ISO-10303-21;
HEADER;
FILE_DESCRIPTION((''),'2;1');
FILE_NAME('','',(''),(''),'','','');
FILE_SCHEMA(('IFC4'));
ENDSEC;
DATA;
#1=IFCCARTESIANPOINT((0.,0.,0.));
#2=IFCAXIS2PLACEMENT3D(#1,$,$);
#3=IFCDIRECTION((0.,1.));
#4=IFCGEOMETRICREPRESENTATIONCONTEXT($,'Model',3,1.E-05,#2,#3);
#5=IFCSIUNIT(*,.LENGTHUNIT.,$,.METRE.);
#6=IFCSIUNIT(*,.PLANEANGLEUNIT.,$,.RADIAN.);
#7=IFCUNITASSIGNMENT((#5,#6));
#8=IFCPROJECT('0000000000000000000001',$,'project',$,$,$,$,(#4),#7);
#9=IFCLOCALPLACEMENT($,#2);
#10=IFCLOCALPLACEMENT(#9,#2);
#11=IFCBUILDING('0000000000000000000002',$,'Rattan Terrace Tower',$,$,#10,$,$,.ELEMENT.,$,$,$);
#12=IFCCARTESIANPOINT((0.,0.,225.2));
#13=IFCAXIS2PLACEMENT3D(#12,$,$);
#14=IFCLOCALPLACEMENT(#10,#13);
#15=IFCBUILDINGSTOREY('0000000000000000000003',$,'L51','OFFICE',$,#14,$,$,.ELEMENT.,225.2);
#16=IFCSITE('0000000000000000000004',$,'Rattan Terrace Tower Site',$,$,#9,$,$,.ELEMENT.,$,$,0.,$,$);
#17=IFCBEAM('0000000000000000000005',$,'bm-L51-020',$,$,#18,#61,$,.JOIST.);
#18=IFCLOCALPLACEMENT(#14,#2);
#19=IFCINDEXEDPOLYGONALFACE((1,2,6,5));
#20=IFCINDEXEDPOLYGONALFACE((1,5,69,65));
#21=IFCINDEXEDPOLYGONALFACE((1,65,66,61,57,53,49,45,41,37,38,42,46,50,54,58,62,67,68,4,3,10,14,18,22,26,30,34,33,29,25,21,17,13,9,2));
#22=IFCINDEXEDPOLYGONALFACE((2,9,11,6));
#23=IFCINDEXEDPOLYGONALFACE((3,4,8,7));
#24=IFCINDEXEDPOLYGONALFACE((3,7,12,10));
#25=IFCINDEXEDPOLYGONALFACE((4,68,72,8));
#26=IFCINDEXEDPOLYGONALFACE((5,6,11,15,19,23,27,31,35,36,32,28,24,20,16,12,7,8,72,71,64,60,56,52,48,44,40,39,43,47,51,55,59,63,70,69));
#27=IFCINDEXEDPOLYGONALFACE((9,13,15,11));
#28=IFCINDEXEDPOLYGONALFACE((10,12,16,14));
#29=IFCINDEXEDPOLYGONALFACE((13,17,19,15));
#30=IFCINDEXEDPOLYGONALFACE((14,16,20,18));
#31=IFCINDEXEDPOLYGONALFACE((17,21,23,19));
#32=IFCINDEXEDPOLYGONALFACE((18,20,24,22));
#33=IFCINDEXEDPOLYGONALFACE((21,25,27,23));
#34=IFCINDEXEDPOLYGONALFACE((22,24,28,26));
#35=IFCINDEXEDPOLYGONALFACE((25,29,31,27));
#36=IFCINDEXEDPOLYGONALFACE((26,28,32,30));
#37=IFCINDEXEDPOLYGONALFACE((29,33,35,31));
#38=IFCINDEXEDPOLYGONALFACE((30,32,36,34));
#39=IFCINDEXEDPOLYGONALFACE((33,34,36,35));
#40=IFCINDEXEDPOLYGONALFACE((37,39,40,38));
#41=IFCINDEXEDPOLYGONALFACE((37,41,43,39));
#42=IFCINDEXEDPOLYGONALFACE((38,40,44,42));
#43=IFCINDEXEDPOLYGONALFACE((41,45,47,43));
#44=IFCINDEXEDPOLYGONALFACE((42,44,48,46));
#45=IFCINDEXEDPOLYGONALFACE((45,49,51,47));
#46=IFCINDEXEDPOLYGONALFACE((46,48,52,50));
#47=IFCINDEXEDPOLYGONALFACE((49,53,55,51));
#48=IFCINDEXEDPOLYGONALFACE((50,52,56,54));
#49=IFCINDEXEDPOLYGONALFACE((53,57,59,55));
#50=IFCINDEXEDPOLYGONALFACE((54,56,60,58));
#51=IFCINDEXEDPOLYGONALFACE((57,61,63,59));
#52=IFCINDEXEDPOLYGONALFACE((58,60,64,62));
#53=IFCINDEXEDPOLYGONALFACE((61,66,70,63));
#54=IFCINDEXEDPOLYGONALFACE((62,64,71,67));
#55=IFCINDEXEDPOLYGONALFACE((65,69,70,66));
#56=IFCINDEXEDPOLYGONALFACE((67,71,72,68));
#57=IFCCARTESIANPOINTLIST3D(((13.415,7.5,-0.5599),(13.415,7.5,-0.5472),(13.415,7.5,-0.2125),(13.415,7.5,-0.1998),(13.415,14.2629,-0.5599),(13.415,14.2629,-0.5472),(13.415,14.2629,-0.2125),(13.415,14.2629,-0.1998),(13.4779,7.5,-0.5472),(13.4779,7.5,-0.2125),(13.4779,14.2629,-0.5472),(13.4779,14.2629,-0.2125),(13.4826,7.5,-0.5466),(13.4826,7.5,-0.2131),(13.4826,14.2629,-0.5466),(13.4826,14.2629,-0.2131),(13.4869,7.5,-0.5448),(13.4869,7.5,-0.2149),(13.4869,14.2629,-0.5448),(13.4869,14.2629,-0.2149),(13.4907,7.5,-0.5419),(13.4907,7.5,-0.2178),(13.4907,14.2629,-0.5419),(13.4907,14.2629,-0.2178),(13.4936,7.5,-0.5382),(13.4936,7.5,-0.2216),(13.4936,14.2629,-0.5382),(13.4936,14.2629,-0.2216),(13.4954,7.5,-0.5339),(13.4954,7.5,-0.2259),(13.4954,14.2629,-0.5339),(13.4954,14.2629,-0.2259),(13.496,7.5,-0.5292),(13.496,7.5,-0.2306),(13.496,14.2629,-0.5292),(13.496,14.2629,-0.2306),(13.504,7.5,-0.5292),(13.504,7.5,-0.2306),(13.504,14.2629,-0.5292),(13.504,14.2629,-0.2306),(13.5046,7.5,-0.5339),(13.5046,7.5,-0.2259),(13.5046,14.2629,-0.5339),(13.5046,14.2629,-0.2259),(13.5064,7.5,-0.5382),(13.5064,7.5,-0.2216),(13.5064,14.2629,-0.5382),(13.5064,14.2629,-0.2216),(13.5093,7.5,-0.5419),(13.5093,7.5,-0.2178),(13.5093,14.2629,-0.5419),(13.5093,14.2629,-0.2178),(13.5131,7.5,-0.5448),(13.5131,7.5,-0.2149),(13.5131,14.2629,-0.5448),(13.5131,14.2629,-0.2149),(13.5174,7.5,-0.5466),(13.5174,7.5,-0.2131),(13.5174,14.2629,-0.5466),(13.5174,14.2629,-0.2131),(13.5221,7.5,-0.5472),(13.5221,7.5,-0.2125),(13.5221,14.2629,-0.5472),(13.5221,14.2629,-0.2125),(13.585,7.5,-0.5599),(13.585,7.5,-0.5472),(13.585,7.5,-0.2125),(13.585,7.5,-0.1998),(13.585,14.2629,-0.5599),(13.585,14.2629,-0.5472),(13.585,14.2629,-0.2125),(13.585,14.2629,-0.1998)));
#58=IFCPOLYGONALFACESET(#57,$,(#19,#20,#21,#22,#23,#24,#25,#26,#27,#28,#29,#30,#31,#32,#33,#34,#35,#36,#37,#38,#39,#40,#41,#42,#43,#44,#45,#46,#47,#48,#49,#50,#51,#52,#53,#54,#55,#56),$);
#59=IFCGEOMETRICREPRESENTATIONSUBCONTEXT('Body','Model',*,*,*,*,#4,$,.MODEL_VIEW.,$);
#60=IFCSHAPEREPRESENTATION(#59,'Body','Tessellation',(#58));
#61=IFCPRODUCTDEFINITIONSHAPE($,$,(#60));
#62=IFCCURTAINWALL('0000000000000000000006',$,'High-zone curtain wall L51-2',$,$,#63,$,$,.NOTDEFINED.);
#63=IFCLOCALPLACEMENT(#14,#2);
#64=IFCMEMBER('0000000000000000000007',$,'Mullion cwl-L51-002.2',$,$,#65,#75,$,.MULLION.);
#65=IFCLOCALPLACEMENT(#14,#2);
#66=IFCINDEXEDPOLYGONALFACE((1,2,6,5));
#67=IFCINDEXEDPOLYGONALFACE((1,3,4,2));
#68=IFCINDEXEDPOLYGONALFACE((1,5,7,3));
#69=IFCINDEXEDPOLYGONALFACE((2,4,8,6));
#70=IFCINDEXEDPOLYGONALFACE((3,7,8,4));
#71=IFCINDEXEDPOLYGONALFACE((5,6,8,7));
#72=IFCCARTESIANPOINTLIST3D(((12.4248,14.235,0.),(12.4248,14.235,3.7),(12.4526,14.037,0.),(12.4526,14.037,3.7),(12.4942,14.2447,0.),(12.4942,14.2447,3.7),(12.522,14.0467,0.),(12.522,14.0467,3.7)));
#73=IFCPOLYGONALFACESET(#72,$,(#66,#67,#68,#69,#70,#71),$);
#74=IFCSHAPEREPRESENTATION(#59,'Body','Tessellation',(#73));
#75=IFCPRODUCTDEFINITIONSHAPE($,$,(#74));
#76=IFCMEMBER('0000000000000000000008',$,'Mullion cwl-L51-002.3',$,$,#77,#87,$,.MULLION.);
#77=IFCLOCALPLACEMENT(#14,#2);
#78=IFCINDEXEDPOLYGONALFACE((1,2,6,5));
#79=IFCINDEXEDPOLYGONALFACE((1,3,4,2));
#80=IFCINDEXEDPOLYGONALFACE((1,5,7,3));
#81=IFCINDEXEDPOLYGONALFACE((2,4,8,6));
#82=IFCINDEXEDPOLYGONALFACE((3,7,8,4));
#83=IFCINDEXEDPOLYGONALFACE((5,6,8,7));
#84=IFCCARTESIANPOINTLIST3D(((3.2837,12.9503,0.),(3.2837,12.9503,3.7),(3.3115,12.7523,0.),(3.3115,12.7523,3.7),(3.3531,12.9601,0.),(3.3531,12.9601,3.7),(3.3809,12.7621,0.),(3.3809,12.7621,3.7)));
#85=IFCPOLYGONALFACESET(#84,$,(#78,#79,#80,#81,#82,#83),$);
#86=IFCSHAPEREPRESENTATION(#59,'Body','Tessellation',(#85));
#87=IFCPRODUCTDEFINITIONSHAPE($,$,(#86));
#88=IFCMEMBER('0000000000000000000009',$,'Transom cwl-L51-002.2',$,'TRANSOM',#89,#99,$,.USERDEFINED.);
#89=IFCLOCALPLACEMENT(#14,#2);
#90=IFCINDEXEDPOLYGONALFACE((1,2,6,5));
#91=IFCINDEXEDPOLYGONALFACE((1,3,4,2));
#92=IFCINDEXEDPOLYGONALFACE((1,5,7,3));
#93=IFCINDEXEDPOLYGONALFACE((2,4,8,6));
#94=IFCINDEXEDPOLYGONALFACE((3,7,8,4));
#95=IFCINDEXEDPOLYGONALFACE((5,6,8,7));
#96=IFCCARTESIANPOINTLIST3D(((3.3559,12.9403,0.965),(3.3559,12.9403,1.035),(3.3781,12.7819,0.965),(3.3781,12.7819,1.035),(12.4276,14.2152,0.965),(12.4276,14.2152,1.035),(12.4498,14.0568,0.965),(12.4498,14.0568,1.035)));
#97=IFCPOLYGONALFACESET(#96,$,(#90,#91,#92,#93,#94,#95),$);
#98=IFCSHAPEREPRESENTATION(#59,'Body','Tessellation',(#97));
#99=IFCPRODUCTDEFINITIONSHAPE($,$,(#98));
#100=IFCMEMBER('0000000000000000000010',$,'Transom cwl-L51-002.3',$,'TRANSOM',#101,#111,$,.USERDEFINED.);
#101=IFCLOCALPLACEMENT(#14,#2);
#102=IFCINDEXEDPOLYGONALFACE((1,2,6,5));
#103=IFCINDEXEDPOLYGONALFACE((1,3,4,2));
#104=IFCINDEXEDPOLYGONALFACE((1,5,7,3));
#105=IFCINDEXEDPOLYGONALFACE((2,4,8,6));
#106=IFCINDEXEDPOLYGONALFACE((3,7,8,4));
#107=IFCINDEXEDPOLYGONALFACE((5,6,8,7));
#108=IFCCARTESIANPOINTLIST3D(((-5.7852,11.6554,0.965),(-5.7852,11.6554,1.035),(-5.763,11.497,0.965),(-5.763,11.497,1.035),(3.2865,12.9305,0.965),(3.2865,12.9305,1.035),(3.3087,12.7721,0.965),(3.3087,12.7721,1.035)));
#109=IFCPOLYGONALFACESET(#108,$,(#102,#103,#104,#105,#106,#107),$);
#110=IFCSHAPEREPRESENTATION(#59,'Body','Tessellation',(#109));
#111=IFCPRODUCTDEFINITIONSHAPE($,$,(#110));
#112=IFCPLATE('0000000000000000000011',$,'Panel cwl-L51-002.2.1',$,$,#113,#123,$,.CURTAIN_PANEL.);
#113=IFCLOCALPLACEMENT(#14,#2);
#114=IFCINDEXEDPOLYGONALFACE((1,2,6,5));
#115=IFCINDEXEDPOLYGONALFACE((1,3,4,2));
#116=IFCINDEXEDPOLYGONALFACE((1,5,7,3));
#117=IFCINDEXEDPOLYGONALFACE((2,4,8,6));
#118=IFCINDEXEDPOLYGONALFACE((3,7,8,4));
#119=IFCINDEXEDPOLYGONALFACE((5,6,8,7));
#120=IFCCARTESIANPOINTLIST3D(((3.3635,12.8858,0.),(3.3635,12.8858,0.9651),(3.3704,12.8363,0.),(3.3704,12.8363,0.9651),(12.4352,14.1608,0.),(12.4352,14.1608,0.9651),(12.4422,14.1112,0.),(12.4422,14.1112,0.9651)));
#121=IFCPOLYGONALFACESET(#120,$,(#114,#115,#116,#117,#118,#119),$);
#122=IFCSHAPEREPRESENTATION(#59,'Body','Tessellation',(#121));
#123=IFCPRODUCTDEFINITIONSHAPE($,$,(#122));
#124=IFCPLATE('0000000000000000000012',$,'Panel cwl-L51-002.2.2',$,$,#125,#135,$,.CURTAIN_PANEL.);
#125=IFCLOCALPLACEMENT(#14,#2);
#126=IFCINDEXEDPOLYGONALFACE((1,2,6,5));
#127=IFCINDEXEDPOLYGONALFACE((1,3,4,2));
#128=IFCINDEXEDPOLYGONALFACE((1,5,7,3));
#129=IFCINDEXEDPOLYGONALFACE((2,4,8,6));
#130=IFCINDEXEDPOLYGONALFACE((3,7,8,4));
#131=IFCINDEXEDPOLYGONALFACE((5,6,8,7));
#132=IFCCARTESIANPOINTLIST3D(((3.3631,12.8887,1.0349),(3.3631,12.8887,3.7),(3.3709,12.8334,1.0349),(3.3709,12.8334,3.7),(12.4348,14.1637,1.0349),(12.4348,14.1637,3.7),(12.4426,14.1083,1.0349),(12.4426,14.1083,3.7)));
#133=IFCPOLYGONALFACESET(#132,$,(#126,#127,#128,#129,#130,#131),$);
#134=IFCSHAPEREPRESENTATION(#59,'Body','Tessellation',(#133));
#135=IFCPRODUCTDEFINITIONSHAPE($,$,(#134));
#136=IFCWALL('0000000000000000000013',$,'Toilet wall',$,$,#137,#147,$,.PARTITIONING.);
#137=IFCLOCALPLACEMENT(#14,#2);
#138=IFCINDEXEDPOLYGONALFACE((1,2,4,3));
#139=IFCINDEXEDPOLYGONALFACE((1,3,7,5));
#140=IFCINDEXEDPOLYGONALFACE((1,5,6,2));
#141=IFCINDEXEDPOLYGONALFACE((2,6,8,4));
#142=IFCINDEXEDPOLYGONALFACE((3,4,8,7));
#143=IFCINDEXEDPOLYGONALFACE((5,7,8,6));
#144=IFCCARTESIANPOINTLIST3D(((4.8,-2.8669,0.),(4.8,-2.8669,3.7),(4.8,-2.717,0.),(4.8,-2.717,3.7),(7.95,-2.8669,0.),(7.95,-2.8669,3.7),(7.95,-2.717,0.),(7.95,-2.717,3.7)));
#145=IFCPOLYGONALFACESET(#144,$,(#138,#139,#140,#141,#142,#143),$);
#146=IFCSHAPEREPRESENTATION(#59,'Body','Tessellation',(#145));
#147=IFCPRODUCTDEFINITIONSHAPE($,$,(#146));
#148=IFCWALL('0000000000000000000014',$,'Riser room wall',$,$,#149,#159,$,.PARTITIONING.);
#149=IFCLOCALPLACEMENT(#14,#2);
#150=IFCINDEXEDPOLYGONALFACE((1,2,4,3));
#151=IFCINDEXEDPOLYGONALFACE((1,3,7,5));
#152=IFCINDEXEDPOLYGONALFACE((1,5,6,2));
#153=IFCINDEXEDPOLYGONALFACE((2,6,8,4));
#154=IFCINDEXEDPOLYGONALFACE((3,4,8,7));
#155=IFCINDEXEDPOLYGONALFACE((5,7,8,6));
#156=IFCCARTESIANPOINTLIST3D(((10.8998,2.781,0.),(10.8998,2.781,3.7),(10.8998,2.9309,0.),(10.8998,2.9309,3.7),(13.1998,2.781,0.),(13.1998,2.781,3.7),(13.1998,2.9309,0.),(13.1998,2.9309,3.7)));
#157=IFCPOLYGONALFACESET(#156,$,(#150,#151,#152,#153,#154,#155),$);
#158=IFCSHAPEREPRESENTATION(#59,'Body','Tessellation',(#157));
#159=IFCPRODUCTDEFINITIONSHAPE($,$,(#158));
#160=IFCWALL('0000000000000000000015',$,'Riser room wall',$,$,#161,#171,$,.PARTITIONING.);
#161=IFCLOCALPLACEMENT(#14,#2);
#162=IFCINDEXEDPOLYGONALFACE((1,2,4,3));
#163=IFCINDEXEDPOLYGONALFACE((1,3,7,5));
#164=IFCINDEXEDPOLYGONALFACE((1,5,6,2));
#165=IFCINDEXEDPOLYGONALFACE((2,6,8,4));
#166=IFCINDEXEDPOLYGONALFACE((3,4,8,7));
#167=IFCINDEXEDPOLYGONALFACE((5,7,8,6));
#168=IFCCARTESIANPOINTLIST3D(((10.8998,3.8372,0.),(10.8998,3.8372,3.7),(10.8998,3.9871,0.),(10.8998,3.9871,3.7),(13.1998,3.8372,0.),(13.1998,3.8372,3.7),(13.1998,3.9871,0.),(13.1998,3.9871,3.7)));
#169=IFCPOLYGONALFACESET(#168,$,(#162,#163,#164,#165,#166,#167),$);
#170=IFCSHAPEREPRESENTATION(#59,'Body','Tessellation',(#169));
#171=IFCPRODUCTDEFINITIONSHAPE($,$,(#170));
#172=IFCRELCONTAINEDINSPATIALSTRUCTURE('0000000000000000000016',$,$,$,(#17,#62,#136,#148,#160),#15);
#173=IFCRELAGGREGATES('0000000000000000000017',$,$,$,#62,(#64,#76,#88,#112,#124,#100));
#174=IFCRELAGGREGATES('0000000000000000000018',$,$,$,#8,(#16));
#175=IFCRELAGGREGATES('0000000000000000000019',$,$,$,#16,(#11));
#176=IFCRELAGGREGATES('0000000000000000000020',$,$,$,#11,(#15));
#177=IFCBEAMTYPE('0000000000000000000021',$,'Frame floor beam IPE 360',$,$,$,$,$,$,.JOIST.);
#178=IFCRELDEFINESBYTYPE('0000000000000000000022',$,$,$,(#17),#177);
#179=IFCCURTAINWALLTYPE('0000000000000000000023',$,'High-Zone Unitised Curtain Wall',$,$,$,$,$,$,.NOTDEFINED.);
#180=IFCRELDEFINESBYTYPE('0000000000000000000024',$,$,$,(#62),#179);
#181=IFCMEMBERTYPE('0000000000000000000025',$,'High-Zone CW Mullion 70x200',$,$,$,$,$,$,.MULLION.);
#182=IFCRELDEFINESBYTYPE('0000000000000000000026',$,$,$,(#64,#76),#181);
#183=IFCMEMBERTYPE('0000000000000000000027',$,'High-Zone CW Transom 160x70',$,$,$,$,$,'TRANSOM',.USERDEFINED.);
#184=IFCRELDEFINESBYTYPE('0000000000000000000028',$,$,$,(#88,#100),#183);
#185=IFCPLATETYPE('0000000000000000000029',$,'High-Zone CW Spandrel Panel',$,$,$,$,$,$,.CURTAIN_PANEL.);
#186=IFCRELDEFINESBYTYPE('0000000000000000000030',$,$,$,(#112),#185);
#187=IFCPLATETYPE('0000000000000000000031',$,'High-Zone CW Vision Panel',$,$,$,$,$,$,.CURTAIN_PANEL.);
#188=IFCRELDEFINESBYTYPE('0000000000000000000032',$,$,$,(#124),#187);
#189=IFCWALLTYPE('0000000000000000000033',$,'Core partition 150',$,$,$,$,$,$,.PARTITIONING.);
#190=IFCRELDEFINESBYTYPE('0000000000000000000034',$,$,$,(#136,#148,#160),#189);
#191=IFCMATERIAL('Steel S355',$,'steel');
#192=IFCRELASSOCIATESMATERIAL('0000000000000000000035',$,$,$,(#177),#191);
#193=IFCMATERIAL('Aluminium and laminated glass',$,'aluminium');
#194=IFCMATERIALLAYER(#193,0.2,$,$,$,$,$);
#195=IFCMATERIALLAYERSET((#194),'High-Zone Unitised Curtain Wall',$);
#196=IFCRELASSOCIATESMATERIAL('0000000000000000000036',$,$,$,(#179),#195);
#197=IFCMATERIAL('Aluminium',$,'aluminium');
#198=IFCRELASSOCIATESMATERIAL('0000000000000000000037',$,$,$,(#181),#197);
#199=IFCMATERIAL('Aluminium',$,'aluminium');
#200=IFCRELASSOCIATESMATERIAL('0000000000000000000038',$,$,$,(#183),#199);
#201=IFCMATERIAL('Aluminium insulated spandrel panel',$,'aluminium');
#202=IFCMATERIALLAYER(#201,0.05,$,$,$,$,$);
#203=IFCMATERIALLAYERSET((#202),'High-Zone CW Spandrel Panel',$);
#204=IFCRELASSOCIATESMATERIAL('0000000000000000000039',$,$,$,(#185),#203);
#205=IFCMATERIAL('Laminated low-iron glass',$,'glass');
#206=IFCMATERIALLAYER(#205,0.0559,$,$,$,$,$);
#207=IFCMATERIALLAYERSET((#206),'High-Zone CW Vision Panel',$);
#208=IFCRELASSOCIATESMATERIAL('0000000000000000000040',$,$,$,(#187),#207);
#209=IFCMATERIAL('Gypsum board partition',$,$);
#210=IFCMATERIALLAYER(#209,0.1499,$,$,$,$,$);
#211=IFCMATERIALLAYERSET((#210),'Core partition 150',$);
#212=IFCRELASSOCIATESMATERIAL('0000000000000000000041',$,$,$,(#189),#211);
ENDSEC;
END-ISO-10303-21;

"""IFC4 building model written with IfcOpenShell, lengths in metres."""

from ifc_helpers import new_model, si_unit, direction, frame, frame_2d, origin, origin_2d, place, context, subcontext, project, spatial, rectangle, i_section, extrude, material, layer, layer_set, material_profile, profile_set, type_object, element, aggregate, save


model = new_model("IFC4")

# Units and contexts
model_context = context("Model", 3, precision=1e-05, world=origin(), true_north=direction((0.0, 1.0)))
body_context = subcontext(model_context, "Body", "Model", "MODEL_VIEW")
ifc_project = project(units=[si_unit("LENGTHUNIT", "METRE"), si_unit("PLANEANGLEUNIT", "RADIAN")], contexts=[model_context])

# Site, building, storey
site_placement = place(None, origin())
site = spatial("IfcSite", under=ifc_project, at=site_placement, Name="Rattan Terrace Tower Site", CompositionType="ELEMENT", RefElevation=0.0)
building_placement = place(site_placement, origin())
building = spatial("IfcBuilding", under=site, at=building_placement, Name="Rattan Terrace Tower", CompositionType="ELEMENT")
storey_placement = place(building_placement, frame((0.0, 0.0, 225.2)))
storey = spatial("IfcBuildingStorey", under=building, at=storey_placement, Name="L51", Description="OFFICE", CompositionType="ELEMENT", Elevation=225.2)

# Beam
ifc_material_1 = material(Name="Steel S355", Category="steel")
ifc_material_profile_1 = material_profile(ifc_material_1, i_section(OverallWidth=0.1699, OverallDepth=0.3601, WebThickness=0.0081, FlangeThickness=0.0127, FilletRadius=0.0181, at=origin_2d()), Name="IPE 360")
ifc_profile_set_1 = profile_set([ifc_material_profile_1], Name="Steel S355")
beam_type_1 = type_object("IfcBeamType", Name="Frame floor beam IPE 360", PredefinedType="JOIST", material=ifc_profile_set_1)
beam_1_placement = place(storey_placement, frame((13.5, 7.5, -0.3799), z_axis=(0.0, 1.0, 0.0), x_axis=(-1.0, 0.0, 0.0)))
element("IfcBeam", 1, at=beam_1_placement, inside=storey, type_object=beam_type_1, Name="bm-L51-020", PredefinedType="JOIST", context=body_context, shape_type="SweptSolid", body=[
    extrude(i_section(OverallWidth=0.1699, OverallDepth=0.3601, WebThickness=0.0081, FlangeThickness=0.0127, FilletRadius=0.0181, at=origin_2d()), origin(), (0.0, 0.0, 1.0), 6.7629),
])

# Curtain wall, members, plates
ifc_material_2 = material(Name="Aluminium and laminated glass", Category="aluminium")
ifc_layer_1 = layer(ifc_material_2, 0.2)
ifc_layer_set_1 = layer_set([ifc_layer_1], Name="High-Zone Unitised Curtain Wall")
curtain_wall_type = type_object("IfcCurtainWallType", Name="High-Zone Unitised Curtain Wall", PredefinedType="NOTDEFINED", material=ifc_layer_set_1)
curtain_wall_placement = place(storey_placement, origin())
curtain_wall = element("IfcCurtainWall", 2, at=curtain_wall_placement, inside=storey, type_object=curtain_wall_type, Name="High-zone curtain wall L51-2", PredefinedType="NOTDEFINED")
ifc_material_3 = material(Name="Aluminium", Category="aluminium")
ifc_material_profile_2 = material_profile(ifc_material_3, rectangle(XDim=0.0701, YDim=0.2, at=origin_2d()), Name="Aluminium 70x200")
ifc_profile_set_2 = profile_set([ifc_material_profile_2], Name="Aluminium")
member_type_1 = type_object("IfcMemberType", Name="High-Zone CW Mullion 70x200", PredefinedType="MULLION", material=ifc_profile_set_2)
member_1_placement = place(storey_placement, frame((12.4734, 14.1409, 0.0), z_axis=(0.0, 0.0, 1.0), x_axis=(-0.990267, -0.139177, 0.0)))
member_1 = element("IfcMember", 3, at=member_1_placement, type_object=member_type_1, Name="Mullion cwl-L51-002.2", PredefinedType="MULLION", context=body_context, shape_type="SweptSolid", body=[
    extrude(rectangle(XDim=0.0701, YDim=0.2, at=origin_2d()), origin(), (0.0, 0.0, 1.0), 3.7),
])
member_2_placement = place(storey_placement, frame((3.3323, 12.8562, 0.0), z_axis=(0.0, 0.0, 1.0), x_axis=(-0.990267, -0.139177, 0.0)))
member_2 = element("IfcMember", 4, at=member_2_placement, type_object=member_type_1, Name="Mullion cwl-L51-002.3", PredefinedType="MULLION", context=body_context, shape_type="SweptSolid", body=[
    extrude(rectangle(XDim=0.0701, YDim=0.2, at=origin_2d()), origin(), (0.0, 0.0, 1.0), 3.7),
])
ifc_material_4 = material(Name="Aluminium", Category="aluminium")
ifc_material_profile_3 = material_profile(ifc_material_4, rectangle(XDim=0.1599, YDim=0.0701, at=origin_2d()), Name="Aluminium 160x70")
ifc_profile_set_3 = profile_set([ifc_material_profile_3], Name="Aluminium")
member_type_2 = type_object("IfcMemberType", Name="High-Zone CW Transom 160x70", ElementType="TRANSOM", PredefinedType="USERDEFINED", material=ifc_profile_set_3)
member_3_placement = place(storey_placement, frame((12.4387, 14.136, 1.0), z_axis=(-0.990269, -0.139167, 0.0), x_axis=(0.139167, -0.990269, 0.0)))
member_3 = element("IfcMember", 5, at=member_3_placement, type_object=member_type_2, Name="Transom cwl-L51-002.2", ObjectType="TRANSOM", PredefinedType="USERDEFINED", context=body_context, shape_type="SweptSolid", body=[
    extrude(rectangle(XDim=0.1599, YDim=0.0701, at=origin_2d()), origin(), (0.0, 0.0, 1.0), 9.1609),
])
member_4_placement = place(storey_placement, frame((3.2976, 12.8513, 1.0), z_axis=(-0.990265, -0.139194, 0.0), x_axis=(0.139194, -0.990265, 0.0)))
member_4 = element("IfcMember", 6, at=member_4_placement, type_object=member_type_2, Name="Transom cwl-L51-002.3", ObjectType="TRANSOM", PredefinedType="USERDEFINED", context=body_context, shape_type="SweptSolid", body=[
    extrude(rectangle(XDim=0.1599, YDim=0.0701, at=origin_2d()), origin(), (0.0, 0.0, 1.0), 9.1609),
])
ifc_material_5 = material(Name="Aluminium insulated spandrel panel", Category="aluminium")
ifc_layer_2 = layer(ifc_material_5, 0.05)
ifc_layer_set_2 = layer_set([ifc_layer_2], Name="High-Zone CW Spandrel Panel")
plate_type_1 = type_object("IfcPlateType", Name="High-Zone CW Spandrel Panel", PredefinedType="CURTAIN_PANEL", material=ifc_layer_set_2)
plate_1_placement = place(storey_placement, frame((7.9028, 13.4985, 0.0), z_axis=(0.0, 0.0, 1.0), x_axis=(-0.990267, -0.139177, 0.0)))
plate_1 = element("IfcPlate", 7, at=plate_1_placement, type_object=plate_type_1, Name="Panel cwl-L51-002.2.1", PredefinedType="CURTAIN_PANEL", context=body_context, shape_type="SweptSolid", body=[
    extrude(rectangle(XDim=9.1609, YDim=0.05, at=origin_2d()), origin(), (0.0, 0.0, 1.0), 0.9651),
])
ifc_material_6 = material(Name="Laminated low-iron glass", Category="glass")
ifc_layer_3 = layer(ifc_material_6, 0.0559)
ifc_layer_set_3 = layer_set([ifc_layer_3], Name="High-Zone CW Vision Panel")
plate_type_2 = type_object("IfcPlateType", Name="High-Zone CW Vision Panel", PredefinedType="CURTAIN_PANEL", material=ifc_layer_set_3)
plate_2_placement = place(storey_placement, frame((7.9028, 13.4985, 1.0349), z_axis=(0.0, 0.0, 1.0), x_axis=(-0.990267, -0.139177, 0.0)))
plate_2 = element("IfcPlate", 8, at=plate_2_placement, type_object=plate_type_2, Name="Panel cwl-L51-002.2.2", PredefinedType="CURTAIN_PANEL", context=body_context, shape_type="SweptSolid", body=[
    extrude(rectangle(XDim=9.1609, YDim=0.0559, at=origin_2d()), origin(), (0.0, 0.0, 1.0), 2.665),
])
aggregate(curtain_wall, [member_1, member_2, member_3, plate_1, plate_2, member_4])

# Walls
ifc_material_7 = material(Name="Gypsum board partition")
ifc_layer_4 = layer(ifc_material_7, 0.1499)
ifc_layer_set_4 = layer_set([ifc_layer_4], Name="Core partition 150")
wall_type_1 = type_object("IfcWallType", Name="Core partition 150", PredefinedType="PARTITIONING", material=ifc_layer_set_4)
wall_1_placement = place(storey_placement, frame((4.8, -2.792, 0.0), z_axis=(0.0, 0.0, 1.0), x_axis=(1.0, 0.0, 0.0)))
element("IfcWall", 9, at=wall_1_placement, inside=storey, type_object=wall_type_1, Name="Toilet wall", PredefinedType="PARTITIONING", context=body_context, shape_type="SweptSolid", body=[
    extrude(rectangle(XDim=3.1499, YDim=0.1499, at=frame_2d((1.575, 0.0))), origin(), (0.0, 0.0, 1.0), 3.7),
])
for number, where, z_axis, x_axis, name in (
    (10, (10.8999, 2.856, 0.0), (0.0, 0.0, 1.0), (1.0, 0.0, 0.0), "Riser room wall"),
    (11, (10.8999, 3.9121, 0.0), (0.0, 0.0, 1.0), (1.0, 0.0, 0.0), "Riser room wall"),
):
    element("IfcWall", number, at=place(storey_placement, frame(where, z_axis=z_axis, x_axis=x_axis)), inside=storey, type_object=wall_type_1, Name=name, PredefinedType="PARTITIONING", context=body_context, shape_type="SweptSolid", body=[
        extrude(rectangle(XDim=2.3, YDim=0.1499, at=frame_2d((1.1499, 0.0))), origin(), (0.0, 0.0, 1.0), 3.7),
    ])

save(model, "model.ifc")
